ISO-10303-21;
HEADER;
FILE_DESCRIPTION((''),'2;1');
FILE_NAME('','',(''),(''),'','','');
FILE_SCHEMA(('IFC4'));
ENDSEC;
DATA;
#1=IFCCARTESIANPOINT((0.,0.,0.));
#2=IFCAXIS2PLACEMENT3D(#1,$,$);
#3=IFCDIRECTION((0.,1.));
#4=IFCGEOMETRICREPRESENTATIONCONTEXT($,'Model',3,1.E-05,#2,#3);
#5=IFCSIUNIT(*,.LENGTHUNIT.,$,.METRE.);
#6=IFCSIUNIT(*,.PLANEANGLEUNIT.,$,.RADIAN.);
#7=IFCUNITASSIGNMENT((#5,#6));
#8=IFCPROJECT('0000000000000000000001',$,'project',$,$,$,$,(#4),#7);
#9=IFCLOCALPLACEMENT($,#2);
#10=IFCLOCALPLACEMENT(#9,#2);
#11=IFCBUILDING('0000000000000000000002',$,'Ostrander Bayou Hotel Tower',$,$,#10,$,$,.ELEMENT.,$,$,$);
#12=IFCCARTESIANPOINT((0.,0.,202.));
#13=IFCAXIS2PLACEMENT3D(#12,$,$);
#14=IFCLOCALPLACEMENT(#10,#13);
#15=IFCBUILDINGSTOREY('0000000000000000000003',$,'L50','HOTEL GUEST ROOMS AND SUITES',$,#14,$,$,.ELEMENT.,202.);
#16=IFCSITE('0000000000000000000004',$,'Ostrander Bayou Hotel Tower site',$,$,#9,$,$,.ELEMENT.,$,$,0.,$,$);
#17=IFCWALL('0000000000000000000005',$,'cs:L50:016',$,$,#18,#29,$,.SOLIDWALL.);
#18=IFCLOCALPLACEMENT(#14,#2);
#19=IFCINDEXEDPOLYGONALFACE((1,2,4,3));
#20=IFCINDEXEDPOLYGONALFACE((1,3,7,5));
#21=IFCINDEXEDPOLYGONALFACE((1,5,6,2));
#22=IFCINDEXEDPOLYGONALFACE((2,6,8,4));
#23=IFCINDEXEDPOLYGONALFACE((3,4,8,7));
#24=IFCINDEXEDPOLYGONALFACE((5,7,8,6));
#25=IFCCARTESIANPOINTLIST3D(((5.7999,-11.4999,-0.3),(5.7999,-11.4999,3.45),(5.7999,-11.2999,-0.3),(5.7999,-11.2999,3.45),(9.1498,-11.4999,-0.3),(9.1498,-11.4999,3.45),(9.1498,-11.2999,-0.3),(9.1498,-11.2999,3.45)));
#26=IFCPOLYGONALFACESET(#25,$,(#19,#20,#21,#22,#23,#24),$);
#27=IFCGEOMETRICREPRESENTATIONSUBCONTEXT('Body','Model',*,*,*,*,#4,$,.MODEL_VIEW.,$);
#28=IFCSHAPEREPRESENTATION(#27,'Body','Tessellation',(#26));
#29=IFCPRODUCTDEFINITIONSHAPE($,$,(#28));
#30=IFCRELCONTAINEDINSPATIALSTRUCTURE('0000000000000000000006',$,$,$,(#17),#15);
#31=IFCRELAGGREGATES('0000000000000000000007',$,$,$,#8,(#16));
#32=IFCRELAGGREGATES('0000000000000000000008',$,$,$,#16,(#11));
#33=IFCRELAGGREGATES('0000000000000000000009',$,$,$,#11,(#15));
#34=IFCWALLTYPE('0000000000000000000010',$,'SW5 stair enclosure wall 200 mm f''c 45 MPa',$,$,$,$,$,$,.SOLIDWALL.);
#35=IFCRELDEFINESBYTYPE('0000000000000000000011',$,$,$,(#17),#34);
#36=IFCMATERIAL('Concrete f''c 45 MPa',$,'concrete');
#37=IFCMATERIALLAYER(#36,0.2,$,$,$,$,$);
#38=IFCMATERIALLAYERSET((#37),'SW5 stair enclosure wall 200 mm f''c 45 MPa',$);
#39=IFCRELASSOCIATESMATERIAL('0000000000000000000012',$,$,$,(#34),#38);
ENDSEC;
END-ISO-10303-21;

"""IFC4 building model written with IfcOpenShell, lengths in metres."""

from ifc_helpers import new_model, si_unit, direction, frame, frame_2d, origin, place, context, subcontext, project, spatial, rectangle, extrude, material, layer, layer_set, type_object, element, save


model = new_model("IFC4")

# Units and contexts
model_context = context("Model", 3, precision=1e-05, world=origin(), true_north=direction((0.0, 1.0)))
body_context = subcontext(model_context, "Body", "Model", "MODEL_VIEW")
ifc_project = project(units=[si_unit("LENGTHUNIT", "METRE"), si_unit("PLANEANGLEUNIT", "RADIAN")], contexts=[model_context])

# Site, building, storey
site_placement = place(None, origin())
site = spatial("IfcSite", under=ifc_project, at=site_placement, Name="Ostrander Bayou Hotel Tower site", CompositionType="ELEMENT", RefElevation=0.0)
building_placement = place(site_placement, origin())
building = spatial("IfcBuilding", under=site, at=building_placement, Name="Ostrander Bayou Hotel Tower", CompositionType="ELEMENT")
storey_placement = place(building_placement, frame((0.0, 0.0, 202.0)))
storey = spatial("IfcBuildingStorey", under=building, at=storey_placement, Name="L50", Description="HOTEL GUEST ROOMS AND SUITES", CompositionType="ELEMENT", Elevation=202.0)

# Wall
ifc_material_1 = material(Name="Concrete f'c 45 MPa", Category="concrete")
ifc_layer_1 = layer(ifc_material_1, 0.2)
ifc_layer_set_1 = layer_set([ifc_layer_1], Name="SW5 stair enclosure wall 200 mm f'c 45 MPa")
wall_type_1 = type_object("IfcWallType", Name="SW5 stair enclosure wall 200 mm f'c 45 MPa", PredefinedType="SOLIDWALL", material=ifc_layer_set_1)
wall_1_placement = place(storey_placement, frame((5.8, -11.3999, -0.3), z_axis=(0.0, 0.0, 1.0), x_axis=(1.0, 0.0, 0.0)))
element("IfcWall", 1, at=wall_1_placement, inside=storey, type_object=wall_type_1, Name="cs:L50:016", PredefinedType="SOLIDWALL", context=body_context, shape_type="SweptSolid", body=[
    extrude(rectangle(XDim=3.3499, YDim=0.2, at=frame_2d((1.6748, 0.0))), origin(), (0.0, 0.0, 1.0), 3.75),
])

save(model, "model.ifc")
